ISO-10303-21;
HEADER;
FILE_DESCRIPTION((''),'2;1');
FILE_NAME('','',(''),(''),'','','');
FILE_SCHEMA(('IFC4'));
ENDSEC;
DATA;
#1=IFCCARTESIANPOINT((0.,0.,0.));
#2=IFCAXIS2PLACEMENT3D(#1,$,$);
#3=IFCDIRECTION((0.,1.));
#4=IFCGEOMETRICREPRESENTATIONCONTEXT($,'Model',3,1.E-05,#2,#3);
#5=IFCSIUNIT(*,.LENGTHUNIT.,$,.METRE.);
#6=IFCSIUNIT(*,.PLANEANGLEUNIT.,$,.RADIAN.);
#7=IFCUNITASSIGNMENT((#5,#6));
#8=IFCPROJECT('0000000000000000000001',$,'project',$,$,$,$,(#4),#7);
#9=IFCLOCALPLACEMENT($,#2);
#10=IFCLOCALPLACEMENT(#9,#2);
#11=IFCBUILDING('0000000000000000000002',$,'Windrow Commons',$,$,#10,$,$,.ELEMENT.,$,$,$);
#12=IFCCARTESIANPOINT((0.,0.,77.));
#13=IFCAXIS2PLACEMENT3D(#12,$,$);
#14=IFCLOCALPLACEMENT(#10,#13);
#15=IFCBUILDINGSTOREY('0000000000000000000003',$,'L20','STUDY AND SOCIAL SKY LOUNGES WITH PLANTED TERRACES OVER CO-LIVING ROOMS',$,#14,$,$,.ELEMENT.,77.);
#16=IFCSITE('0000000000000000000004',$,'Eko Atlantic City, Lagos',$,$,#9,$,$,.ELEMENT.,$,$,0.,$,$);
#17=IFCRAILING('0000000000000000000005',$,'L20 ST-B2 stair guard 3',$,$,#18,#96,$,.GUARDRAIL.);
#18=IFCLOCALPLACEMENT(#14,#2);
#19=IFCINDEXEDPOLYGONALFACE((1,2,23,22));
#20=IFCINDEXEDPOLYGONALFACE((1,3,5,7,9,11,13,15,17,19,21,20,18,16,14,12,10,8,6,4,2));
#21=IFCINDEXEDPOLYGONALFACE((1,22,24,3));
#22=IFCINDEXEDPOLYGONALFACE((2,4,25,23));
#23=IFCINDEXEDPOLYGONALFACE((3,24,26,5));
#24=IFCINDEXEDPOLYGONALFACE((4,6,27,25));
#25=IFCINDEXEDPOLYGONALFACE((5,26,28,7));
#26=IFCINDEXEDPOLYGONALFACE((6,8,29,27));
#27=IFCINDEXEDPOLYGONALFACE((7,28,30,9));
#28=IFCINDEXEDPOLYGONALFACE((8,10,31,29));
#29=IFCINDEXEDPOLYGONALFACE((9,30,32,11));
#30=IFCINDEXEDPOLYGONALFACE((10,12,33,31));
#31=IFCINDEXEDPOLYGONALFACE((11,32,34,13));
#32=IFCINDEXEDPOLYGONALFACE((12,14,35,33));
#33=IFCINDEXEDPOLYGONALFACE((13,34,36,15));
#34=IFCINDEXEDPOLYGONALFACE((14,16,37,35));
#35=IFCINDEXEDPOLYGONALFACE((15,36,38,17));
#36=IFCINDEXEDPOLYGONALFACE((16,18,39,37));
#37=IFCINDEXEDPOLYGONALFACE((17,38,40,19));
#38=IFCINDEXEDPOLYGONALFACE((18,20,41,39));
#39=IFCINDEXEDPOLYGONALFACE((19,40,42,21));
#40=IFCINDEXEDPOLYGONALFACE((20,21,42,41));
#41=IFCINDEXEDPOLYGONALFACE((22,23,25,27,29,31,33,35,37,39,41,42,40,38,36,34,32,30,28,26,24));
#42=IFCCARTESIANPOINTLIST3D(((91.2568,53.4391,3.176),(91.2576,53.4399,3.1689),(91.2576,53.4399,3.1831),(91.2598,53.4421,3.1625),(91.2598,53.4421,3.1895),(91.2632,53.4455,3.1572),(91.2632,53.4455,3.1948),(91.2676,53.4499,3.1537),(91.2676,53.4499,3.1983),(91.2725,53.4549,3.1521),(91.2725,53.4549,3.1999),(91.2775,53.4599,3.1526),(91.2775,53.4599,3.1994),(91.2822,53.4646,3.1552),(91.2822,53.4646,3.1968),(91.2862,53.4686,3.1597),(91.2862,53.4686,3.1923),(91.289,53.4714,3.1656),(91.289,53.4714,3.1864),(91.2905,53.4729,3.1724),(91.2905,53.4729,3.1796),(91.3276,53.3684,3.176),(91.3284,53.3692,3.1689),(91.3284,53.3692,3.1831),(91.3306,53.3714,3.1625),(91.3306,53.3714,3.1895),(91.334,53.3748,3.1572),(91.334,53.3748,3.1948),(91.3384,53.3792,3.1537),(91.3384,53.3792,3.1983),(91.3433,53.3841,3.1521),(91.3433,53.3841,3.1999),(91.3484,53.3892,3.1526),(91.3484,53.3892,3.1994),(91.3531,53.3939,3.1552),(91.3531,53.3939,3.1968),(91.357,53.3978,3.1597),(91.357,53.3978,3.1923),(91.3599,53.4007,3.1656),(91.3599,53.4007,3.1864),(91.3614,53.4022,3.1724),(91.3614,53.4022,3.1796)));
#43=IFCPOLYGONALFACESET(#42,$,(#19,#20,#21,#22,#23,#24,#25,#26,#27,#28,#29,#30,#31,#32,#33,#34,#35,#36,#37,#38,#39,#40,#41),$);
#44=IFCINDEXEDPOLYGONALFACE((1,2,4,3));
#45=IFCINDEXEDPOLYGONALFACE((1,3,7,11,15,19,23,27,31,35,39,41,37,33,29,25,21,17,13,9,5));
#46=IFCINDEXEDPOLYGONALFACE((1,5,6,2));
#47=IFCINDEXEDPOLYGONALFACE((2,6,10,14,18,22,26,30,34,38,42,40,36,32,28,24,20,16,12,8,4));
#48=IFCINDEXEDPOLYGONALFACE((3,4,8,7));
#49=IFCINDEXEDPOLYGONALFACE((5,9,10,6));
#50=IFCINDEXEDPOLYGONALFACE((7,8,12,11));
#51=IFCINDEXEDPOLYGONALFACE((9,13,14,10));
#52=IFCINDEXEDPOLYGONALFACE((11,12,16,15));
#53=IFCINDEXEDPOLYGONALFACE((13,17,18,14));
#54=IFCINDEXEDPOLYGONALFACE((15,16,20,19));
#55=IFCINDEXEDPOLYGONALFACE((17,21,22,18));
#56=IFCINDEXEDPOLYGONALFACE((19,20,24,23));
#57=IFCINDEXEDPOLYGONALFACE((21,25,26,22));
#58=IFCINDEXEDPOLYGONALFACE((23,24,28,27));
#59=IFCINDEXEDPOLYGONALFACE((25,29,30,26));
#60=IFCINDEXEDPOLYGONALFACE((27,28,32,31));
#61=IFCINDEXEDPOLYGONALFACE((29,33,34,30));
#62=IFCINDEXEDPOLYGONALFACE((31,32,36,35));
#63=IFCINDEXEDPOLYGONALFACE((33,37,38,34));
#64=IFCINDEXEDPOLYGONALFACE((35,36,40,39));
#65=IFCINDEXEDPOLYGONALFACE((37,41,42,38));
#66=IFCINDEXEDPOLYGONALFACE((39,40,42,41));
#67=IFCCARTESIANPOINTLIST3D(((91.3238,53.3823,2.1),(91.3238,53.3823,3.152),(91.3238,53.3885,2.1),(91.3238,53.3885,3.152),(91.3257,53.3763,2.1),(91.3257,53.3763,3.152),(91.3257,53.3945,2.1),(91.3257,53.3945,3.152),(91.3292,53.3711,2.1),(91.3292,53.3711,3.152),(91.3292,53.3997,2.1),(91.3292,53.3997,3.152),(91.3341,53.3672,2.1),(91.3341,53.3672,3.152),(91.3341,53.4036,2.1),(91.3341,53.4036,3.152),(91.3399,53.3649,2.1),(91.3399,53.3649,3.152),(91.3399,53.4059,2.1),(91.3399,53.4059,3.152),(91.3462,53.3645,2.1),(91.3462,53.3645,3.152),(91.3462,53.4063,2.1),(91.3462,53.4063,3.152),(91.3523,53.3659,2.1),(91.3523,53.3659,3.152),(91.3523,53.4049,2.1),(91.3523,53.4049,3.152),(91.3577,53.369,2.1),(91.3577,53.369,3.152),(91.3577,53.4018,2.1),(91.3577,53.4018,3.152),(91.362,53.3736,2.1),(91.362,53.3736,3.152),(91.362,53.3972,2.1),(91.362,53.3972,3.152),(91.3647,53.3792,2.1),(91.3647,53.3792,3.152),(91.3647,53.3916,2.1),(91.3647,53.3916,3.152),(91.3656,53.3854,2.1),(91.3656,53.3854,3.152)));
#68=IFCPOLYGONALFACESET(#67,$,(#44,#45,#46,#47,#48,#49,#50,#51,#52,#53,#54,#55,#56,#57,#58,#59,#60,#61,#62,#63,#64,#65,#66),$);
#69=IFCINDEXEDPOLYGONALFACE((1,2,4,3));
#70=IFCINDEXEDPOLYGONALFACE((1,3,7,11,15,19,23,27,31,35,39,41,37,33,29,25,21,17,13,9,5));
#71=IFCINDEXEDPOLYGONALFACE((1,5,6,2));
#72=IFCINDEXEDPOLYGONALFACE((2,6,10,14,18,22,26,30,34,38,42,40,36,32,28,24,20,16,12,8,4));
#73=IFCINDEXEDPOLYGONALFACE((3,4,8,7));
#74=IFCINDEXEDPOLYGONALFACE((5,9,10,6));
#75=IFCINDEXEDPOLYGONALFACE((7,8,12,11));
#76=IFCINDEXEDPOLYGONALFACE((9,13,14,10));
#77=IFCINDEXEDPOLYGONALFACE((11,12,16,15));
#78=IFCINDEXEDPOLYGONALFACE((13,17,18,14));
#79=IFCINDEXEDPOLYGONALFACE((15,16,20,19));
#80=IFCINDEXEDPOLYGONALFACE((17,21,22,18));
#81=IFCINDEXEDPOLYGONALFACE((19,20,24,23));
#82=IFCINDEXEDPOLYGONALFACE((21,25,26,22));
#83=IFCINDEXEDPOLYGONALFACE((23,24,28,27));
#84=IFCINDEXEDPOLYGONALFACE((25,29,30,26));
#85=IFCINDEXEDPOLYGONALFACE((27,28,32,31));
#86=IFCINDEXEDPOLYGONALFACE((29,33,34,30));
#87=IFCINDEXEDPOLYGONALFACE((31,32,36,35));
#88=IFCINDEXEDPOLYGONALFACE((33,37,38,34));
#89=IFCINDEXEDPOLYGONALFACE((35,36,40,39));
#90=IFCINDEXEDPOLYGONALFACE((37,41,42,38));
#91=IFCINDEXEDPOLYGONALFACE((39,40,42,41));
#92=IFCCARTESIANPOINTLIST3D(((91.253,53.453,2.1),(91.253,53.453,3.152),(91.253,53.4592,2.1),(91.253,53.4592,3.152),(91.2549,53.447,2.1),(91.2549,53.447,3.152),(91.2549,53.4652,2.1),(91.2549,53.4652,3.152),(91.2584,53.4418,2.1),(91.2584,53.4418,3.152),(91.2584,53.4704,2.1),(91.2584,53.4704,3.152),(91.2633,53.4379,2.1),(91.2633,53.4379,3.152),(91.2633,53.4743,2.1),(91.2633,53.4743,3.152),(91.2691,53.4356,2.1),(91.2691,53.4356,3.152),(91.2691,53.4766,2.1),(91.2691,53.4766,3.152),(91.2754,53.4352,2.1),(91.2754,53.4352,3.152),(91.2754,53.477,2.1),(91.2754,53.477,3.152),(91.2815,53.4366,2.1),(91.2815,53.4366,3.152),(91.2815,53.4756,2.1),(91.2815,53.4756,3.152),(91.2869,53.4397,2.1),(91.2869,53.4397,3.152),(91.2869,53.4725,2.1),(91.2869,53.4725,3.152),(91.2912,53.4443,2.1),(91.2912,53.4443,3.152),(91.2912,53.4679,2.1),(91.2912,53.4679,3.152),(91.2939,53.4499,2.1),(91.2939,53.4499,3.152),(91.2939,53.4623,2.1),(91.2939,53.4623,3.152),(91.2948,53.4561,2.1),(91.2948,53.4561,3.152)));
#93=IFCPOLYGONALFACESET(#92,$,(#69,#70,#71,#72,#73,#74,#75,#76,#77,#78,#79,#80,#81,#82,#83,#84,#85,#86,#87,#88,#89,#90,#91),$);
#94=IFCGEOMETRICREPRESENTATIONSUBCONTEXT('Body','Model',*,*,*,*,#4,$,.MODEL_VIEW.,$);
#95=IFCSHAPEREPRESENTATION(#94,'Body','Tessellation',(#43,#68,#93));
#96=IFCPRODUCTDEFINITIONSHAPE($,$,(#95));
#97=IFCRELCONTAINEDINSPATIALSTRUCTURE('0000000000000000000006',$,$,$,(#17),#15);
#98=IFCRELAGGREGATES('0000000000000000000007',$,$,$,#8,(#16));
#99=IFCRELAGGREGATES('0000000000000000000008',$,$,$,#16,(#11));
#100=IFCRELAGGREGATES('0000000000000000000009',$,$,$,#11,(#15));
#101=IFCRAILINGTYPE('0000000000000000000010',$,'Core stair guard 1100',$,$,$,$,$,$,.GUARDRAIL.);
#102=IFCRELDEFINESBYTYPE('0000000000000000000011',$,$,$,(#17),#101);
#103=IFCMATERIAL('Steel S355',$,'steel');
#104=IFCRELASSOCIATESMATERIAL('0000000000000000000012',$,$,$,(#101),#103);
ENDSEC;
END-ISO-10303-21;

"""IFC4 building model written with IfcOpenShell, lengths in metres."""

from ifc_helpers import new_model, si_unit, direction, frame, origin, origin_2d, place, context, subcontext, project, spatial, circle, extrude, material, type_object, element, save


model = new_model("IFC4")

# Units and contexts
model_context = context("Model", 3, precision=1e-05, world=origin(), true_north=direction((0.0, 1.0)))
body_context = subcontext(model_context, "Body", "Model", "MODEL_VIEW")
ifc_project = project(units=[si_unit("LENGTHUNIT", "METRE"), si_unit("PLANEANGLEUNIT", "RADIAN")], contexts=[model_context])

# Site, building, storey
site_placement = place(None, origin())
site = spatial("IfcSite", under=ifc_project, at=site_placement, Name="Eko Atlantic City, Lagos", CompositionType="ELEMENT", RefElevation=0.0)
building_placement = place(site_placement, origin())
building = spatial("IfcBuilding", under=site, at=building_placement, Name="Windrow Commons", CompositionType="ELEMENT")
storey_placement = place(building_placement, frame((0.0, 0.0, 77.0)))
storey = spatial("IfcBuildingStorey", under=building, at=storey_placement, Name="L20", Description="STUDY AND SOCIAL SKY LOUNGES WITH PLANTED TERRACES OVER CO-LIVING ROOMS", CompositionType="ELEMENT", Elevation=77.0)

# Railing
ifc_material_1 = material(Name="Steel S355", Category="steel")
railing_type_1 = type_object("IfcRailingType", Name="Core stair guard 1100", PredefinedType="GUARDRAIL", material=ifc_material_1)
railing_1_placement = place(storey_placement, frame((91.3446, 53.3854, 2.1)))
element("IfcRailing", 1, at=railing_1_placement, inside=storey, type_object=railing_type_1, Name="L20 ST-B2 stair guard 3", PredefinedType="GUARDRAIL", context=body_context, shape_type="SweptSolid", body=[
    extrude(circle(Radius=0.024, at=origin_2d()), frame((0.0, 0.0, 1.076), z_axis=(-0.707606, 0.706607, 0.0), x_axis=(-0.706607, -0.707606, 0.0)), (0.0, 0.0, 1.0), 0.1001),
    extrude(circle(Radius=0.021, at=origin_2d()), origin(), (0.0, 0.0, 1.0), 1.052),
    extrude(circle(Radius=0.021, at=origin_2d()), frame((-0.0708, 0.0707, 0.0)), (0.0, 0.0, 1.0), 1.052),
])

save(model, "model.ifc")
